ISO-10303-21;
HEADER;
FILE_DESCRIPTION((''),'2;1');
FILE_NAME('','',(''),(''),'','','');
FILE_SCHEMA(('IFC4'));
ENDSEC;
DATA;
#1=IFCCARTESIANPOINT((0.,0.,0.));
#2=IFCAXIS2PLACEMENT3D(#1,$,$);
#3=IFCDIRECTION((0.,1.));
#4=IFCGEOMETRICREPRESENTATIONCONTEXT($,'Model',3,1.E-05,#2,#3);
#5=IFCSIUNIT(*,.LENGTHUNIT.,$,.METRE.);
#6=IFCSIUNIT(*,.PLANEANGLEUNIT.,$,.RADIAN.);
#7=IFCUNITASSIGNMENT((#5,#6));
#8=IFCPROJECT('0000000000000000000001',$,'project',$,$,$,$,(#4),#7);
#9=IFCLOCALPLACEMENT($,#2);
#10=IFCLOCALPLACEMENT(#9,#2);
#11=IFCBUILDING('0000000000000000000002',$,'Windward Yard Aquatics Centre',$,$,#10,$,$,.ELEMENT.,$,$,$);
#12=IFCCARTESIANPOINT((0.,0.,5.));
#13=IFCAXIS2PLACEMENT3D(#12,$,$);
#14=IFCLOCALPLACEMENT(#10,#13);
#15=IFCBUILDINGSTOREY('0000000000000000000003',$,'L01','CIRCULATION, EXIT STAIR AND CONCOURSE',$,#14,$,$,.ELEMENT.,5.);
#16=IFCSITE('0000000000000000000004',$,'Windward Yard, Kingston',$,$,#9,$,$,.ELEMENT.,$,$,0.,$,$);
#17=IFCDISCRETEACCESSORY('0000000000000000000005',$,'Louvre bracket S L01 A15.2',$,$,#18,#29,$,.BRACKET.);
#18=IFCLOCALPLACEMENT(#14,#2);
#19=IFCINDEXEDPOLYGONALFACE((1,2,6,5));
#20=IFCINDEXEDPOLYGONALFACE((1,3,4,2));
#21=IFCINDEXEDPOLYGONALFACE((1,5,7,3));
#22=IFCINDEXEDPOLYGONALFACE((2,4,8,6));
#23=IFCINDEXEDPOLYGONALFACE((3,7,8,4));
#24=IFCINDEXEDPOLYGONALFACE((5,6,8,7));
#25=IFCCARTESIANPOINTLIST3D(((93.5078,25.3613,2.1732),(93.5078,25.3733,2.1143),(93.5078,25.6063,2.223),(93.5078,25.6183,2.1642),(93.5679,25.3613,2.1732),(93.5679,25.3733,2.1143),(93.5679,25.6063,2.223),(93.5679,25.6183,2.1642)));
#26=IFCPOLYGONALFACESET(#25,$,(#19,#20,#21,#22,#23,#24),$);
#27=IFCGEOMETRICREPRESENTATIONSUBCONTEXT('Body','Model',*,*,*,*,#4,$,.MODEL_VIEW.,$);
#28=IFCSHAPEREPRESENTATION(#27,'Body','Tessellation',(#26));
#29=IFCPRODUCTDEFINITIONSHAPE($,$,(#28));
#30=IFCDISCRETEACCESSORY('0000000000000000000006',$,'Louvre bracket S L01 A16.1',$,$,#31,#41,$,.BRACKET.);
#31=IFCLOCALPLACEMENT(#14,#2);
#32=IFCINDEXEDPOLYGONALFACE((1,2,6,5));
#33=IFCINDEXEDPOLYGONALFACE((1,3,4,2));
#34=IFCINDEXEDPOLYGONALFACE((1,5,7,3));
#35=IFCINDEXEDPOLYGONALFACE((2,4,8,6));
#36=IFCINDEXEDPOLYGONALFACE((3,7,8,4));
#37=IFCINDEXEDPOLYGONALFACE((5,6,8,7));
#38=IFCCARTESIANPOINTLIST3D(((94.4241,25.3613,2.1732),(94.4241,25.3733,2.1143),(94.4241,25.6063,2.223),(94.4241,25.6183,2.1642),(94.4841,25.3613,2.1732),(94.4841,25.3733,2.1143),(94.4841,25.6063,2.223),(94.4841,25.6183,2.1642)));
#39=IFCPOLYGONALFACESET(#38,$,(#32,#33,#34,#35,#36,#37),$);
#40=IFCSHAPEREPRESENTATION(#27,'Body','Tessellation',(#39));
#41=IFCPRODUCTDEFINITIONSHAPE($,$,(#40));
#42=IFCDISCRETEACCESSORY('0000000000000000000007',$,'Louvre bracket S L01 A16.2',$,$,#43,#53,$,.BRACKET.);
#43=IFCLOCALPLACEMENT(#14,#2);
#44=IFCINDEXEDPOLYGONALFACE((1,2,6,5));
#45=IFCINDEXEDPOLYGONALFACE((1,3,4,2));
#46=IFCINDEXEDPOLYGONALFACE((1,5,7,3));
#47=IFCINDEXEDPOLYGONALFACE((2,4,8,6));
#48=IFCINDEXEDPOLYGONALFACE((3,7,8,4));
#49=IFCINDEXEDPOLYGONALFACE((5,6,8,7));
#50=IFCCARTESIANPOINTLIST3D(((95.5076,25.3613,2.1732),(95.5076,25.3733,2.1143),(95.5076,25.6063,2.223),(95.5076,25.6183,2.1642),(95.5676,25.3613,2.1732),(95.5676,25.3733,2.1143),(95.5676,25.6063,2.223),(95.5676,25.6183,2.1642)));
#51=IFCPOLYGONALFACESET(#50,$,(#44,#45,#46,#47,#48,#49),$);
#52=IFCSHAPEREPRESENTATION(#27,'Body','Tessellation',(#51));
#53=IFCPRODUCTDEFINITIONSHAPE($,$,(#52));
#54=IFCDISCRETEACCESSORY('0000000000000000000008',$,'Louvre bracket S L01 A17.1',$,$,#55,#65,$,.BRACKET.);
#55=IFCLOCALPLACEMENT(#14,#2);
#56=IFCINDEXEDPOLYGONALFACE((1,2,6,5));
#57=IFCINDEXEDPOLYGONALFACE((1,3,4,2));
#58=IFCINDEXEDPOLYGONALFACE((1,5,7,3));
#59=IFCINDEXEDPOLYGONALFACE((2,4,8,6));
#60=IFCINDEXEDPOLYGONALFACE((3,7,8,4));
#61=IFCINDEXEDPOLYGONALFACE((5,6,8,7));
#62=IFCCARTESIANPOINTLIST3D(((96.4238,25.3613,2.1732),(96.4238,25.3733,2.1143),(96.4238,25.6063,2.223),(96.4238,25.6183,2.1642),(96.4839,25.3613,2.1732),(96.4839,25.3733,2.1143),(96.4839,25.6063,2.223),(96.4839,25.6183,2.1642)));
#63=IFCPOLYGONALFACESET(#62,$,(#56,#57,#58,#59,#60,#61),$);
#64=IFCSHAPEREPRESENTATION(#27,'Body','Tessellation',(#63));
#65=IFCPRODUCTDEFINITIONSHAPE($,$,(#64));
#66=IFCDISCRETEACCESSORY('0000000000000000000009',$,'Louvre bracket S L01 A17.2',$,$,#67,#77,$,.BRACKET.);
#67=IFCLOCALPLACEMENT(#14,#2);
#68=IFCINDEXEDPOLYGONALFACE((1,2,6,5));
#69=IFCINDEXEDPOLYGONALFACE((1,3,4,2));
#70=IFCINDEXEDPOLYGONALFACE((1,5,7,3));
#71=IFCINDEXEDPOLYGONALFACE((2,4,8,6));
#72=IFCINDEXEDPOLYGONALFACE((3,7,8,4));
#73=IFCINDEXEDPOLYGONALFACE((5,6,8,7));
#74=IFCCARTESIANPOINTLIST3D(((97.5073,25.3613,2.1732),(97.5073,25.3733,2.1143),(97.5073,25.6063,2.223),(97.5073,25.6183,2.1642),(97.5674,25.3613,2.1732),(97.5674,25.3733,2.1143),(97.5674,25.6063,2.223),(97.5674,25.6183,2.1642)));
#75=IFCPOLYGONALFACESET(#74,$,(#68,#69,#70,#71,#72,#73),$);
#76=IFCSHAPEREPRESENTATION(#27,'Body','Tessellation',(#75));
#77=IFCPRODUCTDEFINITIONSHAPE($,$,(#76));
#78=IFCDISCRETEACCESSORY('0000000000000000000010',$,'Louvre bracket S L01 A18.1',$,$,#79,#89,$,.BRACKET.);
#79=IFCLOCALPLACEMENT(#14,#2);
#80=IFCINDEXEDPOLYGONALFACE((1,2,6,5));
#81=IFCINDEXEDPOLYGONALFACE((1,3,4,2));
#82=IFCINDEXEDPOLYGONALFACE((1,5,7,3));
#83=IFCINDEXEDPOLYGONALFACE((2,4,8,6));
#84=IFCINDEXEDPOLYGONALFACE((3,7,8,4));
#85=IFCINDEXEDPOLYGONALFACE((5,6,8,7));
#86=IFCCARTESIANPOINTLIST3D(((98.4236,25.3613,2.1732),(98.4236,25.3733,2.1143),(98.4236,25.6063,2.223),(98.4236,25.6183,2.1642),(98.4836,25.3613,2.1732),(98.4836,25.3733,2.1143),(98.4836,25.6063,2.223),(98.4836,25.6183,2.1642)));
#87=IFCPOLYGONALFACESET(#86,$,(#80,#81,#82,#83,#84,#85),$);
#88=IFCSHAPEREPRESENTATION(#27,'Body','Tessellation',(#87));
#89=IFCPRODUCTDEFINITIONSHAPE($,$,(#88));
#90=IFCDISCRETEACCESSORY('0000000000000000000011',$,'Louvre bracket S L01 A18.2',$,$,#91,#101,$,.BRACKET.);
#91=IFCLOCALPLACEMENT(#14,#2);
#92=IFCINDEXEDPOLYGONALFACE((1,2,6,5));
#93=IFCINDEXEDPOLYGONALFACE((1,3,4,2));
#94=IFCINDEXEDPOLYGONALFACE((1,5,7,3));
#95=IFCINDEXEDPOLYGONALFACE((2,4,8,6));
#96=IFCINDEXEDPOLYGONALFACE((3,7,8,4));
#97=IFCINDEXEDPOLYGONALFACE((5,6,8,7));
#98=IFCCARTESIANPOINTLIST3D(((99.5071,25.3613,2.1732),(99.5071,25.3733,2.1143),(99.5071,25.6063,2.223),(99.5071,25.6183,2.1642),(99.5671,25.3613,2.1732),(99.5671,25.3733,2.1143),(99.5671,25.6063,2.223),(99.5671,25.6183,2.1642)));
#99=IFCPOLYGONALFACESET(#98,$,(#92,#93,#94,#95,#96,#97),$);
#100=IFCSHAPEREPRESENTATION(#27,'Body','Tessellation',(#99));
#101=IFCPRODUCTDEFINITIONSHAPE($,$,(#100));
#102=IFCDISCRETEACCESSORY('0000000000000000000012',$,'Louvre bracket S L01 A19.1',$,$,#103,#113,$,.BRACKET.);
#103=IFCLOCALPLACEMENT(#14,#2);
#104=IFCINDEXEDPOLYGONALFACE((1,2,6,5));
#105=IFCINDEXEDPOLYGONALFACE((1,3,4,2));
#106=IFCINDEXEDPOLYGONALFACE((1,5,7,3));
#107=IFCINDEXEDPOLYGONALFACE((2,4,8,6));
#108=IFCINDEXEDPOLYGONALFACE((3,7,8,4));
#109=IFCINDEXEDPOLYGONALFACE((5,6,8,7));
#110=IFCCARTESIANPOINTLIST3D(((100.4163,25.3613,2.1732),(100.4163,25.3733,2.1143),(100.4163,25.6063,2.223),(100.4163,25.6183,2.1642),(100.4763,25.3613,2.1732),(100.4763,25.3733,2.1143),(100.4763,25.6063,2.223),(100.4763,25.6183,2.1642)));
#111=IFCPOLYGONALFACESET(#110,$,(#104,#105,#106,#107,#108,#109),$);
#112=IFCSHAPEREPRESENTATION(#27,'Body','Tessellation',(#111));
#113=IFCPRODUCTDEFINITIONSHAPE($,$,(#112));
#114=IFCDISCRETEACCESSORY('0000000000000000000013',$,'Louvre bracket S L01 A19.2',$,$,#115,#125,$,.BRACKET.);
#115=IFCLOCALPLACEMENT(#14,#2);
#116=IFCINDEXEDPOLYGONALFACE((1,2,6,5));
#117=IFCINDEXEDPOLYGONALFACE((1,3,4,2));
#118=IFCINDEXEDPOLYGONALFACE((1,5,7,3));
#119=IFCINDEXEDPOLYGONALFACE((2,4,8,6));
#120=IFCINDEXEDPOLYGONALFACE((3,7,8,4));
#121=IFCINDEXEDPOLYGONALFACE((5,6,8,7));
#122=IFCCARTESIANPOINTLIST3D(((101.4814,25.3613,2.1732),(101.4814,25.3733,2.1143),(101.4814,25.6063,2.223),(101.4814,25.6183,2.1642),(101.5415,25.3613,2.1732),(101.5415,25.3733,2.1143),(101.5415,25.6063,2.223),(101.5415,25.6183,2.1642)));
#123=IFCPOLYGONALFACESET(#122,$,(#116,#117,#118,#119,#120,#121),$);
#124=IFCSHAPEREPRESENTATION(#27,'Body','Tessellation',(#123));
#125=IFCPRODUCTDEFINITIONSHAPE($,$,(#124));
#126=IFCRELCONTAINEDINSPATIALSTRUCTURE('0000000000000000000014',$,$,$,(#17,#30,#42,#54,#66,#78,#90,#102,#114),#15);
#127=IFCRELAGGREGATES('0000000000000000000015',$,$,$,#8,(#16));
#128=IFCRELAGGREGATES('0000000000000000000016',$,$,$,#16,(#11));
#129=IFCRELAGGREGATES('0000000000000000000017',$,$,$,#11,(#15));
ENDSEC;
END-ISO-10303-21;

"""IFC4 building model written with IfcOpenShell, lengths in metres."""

from ifc_helpers import new_model, si_unit, direction, frame, origin, origin_2d, place, context, subcontext, project, spatial, rectangle, extrude, element, save


model = new_model("IFC4")

# Units and contexts
model_context = context("Model", 3, precision=1e-05, world=origin(), true_north=direction((0.0, 1.0)))
body_context = subcontext(model_context, "Body", "Model", "MODEL_VIEW")
ifc_project = project(units=[si_unit("LENGTHUNIT", "METRE"), si_unit("PLANEANGLEUNIT", "RADIAN")], contexts=[model_context])

# Site, building, storey
site_placement = place(None, origin())
site = spatial("IfcSite", under=ifc_project, at=site_placement, Name="Windward Yard, Kingston", CompositionType="ELEMENT", RefElevation=0.0)
building_placement = place(site_placement, origin())
building = spatial("IfcBuilding", under=site, at=building_placement, Name="Windward Yard Aquatics Centre", CompositionType="ELEMENT")
storey_placement = place(building_placement, frame((0.0, 0.0, 5.0)))
storey = spatial("IfcBuildingStorey", under=building, at=storey_placement, Name="L01", Description="CIRCULATION, EXIT STAIR AND CONCOURSE", CompositionType="ELEMENT", Elevation=5.0)

# Discrete accessories
for number, where, z_axis, x_axis, name in (
    (1, (93.5378, 25.6123, 2.1936), (0.0, -0.979937, -0.199309), (1.0, 0.0, 0.0), "Louvre bracket S L01 A15.2"),
    (2, (94.4541, 25.6123, 2.1936), (0.0, -0.979937, -0.199309), (1.0, 0.0, 0.0), "Louvre bracket S L01 A16.1"),
    (3, (95.5376, 25.6123, 2.1936), (0.0, -0.979937, -0.199309), (1.0, 0.0, 0.0), "Louvre bracket S L01 A16.2"),
    (4, (96.4539, 25.6123, 2.1936), (0.0, -0.979937, -0.199309), (1.0, 0.0, 0.0), "Louvre bracket S L01 A17.1"),
    (5, (97.5374, 25.6123, 2.1936), (0.0, -0.979937, -0.199309), (1.0, 0.0, 0.0), "Louvre bracket S L01 A17.2"),
    (6, (98.4536, 25.6123, 2.1936), (0.0, -0.979937, -0.199309), (1.0, 0.0, 0.0), "Louvre bracket S L01 A18.1"),
    (7, (99.5371, 25.6123, 2.1936), (0.0, -0.979937, -0.199309), (1.0, 0.0, 0.0), "Louvre bracket S L01 A18.2"),
    (8, (100.4463, 25.6123, 2.1936), (0.0, -0.979937, -0.199309), (1.0, 0.0, 0.0), "Louvre bracket S L01 A19.1"),
    (9, (101.5115, 25.6123, 2.1936), (0.0, -0.979937, -0.199309), (1.0, 0.0, 0.0), "Louvre bracket S L01 A19.2"),
):
    element("IfcDiscreteAccessory", number, at=place(storey_placement, frame(where, z_axis=z_axis, x_axis=x_axis)), inside=storey, Name=name, PredefinedType="BRACKET", context=body_context, shape_type="SweptSolid", body=[
        extrude(rectangle(XDim=0.0601, YDim=0.0601, at=origin_2d()), origin(), (0.0, 0.0, 1.0), 0.25),
    ])

save(model, "model.ifc")
